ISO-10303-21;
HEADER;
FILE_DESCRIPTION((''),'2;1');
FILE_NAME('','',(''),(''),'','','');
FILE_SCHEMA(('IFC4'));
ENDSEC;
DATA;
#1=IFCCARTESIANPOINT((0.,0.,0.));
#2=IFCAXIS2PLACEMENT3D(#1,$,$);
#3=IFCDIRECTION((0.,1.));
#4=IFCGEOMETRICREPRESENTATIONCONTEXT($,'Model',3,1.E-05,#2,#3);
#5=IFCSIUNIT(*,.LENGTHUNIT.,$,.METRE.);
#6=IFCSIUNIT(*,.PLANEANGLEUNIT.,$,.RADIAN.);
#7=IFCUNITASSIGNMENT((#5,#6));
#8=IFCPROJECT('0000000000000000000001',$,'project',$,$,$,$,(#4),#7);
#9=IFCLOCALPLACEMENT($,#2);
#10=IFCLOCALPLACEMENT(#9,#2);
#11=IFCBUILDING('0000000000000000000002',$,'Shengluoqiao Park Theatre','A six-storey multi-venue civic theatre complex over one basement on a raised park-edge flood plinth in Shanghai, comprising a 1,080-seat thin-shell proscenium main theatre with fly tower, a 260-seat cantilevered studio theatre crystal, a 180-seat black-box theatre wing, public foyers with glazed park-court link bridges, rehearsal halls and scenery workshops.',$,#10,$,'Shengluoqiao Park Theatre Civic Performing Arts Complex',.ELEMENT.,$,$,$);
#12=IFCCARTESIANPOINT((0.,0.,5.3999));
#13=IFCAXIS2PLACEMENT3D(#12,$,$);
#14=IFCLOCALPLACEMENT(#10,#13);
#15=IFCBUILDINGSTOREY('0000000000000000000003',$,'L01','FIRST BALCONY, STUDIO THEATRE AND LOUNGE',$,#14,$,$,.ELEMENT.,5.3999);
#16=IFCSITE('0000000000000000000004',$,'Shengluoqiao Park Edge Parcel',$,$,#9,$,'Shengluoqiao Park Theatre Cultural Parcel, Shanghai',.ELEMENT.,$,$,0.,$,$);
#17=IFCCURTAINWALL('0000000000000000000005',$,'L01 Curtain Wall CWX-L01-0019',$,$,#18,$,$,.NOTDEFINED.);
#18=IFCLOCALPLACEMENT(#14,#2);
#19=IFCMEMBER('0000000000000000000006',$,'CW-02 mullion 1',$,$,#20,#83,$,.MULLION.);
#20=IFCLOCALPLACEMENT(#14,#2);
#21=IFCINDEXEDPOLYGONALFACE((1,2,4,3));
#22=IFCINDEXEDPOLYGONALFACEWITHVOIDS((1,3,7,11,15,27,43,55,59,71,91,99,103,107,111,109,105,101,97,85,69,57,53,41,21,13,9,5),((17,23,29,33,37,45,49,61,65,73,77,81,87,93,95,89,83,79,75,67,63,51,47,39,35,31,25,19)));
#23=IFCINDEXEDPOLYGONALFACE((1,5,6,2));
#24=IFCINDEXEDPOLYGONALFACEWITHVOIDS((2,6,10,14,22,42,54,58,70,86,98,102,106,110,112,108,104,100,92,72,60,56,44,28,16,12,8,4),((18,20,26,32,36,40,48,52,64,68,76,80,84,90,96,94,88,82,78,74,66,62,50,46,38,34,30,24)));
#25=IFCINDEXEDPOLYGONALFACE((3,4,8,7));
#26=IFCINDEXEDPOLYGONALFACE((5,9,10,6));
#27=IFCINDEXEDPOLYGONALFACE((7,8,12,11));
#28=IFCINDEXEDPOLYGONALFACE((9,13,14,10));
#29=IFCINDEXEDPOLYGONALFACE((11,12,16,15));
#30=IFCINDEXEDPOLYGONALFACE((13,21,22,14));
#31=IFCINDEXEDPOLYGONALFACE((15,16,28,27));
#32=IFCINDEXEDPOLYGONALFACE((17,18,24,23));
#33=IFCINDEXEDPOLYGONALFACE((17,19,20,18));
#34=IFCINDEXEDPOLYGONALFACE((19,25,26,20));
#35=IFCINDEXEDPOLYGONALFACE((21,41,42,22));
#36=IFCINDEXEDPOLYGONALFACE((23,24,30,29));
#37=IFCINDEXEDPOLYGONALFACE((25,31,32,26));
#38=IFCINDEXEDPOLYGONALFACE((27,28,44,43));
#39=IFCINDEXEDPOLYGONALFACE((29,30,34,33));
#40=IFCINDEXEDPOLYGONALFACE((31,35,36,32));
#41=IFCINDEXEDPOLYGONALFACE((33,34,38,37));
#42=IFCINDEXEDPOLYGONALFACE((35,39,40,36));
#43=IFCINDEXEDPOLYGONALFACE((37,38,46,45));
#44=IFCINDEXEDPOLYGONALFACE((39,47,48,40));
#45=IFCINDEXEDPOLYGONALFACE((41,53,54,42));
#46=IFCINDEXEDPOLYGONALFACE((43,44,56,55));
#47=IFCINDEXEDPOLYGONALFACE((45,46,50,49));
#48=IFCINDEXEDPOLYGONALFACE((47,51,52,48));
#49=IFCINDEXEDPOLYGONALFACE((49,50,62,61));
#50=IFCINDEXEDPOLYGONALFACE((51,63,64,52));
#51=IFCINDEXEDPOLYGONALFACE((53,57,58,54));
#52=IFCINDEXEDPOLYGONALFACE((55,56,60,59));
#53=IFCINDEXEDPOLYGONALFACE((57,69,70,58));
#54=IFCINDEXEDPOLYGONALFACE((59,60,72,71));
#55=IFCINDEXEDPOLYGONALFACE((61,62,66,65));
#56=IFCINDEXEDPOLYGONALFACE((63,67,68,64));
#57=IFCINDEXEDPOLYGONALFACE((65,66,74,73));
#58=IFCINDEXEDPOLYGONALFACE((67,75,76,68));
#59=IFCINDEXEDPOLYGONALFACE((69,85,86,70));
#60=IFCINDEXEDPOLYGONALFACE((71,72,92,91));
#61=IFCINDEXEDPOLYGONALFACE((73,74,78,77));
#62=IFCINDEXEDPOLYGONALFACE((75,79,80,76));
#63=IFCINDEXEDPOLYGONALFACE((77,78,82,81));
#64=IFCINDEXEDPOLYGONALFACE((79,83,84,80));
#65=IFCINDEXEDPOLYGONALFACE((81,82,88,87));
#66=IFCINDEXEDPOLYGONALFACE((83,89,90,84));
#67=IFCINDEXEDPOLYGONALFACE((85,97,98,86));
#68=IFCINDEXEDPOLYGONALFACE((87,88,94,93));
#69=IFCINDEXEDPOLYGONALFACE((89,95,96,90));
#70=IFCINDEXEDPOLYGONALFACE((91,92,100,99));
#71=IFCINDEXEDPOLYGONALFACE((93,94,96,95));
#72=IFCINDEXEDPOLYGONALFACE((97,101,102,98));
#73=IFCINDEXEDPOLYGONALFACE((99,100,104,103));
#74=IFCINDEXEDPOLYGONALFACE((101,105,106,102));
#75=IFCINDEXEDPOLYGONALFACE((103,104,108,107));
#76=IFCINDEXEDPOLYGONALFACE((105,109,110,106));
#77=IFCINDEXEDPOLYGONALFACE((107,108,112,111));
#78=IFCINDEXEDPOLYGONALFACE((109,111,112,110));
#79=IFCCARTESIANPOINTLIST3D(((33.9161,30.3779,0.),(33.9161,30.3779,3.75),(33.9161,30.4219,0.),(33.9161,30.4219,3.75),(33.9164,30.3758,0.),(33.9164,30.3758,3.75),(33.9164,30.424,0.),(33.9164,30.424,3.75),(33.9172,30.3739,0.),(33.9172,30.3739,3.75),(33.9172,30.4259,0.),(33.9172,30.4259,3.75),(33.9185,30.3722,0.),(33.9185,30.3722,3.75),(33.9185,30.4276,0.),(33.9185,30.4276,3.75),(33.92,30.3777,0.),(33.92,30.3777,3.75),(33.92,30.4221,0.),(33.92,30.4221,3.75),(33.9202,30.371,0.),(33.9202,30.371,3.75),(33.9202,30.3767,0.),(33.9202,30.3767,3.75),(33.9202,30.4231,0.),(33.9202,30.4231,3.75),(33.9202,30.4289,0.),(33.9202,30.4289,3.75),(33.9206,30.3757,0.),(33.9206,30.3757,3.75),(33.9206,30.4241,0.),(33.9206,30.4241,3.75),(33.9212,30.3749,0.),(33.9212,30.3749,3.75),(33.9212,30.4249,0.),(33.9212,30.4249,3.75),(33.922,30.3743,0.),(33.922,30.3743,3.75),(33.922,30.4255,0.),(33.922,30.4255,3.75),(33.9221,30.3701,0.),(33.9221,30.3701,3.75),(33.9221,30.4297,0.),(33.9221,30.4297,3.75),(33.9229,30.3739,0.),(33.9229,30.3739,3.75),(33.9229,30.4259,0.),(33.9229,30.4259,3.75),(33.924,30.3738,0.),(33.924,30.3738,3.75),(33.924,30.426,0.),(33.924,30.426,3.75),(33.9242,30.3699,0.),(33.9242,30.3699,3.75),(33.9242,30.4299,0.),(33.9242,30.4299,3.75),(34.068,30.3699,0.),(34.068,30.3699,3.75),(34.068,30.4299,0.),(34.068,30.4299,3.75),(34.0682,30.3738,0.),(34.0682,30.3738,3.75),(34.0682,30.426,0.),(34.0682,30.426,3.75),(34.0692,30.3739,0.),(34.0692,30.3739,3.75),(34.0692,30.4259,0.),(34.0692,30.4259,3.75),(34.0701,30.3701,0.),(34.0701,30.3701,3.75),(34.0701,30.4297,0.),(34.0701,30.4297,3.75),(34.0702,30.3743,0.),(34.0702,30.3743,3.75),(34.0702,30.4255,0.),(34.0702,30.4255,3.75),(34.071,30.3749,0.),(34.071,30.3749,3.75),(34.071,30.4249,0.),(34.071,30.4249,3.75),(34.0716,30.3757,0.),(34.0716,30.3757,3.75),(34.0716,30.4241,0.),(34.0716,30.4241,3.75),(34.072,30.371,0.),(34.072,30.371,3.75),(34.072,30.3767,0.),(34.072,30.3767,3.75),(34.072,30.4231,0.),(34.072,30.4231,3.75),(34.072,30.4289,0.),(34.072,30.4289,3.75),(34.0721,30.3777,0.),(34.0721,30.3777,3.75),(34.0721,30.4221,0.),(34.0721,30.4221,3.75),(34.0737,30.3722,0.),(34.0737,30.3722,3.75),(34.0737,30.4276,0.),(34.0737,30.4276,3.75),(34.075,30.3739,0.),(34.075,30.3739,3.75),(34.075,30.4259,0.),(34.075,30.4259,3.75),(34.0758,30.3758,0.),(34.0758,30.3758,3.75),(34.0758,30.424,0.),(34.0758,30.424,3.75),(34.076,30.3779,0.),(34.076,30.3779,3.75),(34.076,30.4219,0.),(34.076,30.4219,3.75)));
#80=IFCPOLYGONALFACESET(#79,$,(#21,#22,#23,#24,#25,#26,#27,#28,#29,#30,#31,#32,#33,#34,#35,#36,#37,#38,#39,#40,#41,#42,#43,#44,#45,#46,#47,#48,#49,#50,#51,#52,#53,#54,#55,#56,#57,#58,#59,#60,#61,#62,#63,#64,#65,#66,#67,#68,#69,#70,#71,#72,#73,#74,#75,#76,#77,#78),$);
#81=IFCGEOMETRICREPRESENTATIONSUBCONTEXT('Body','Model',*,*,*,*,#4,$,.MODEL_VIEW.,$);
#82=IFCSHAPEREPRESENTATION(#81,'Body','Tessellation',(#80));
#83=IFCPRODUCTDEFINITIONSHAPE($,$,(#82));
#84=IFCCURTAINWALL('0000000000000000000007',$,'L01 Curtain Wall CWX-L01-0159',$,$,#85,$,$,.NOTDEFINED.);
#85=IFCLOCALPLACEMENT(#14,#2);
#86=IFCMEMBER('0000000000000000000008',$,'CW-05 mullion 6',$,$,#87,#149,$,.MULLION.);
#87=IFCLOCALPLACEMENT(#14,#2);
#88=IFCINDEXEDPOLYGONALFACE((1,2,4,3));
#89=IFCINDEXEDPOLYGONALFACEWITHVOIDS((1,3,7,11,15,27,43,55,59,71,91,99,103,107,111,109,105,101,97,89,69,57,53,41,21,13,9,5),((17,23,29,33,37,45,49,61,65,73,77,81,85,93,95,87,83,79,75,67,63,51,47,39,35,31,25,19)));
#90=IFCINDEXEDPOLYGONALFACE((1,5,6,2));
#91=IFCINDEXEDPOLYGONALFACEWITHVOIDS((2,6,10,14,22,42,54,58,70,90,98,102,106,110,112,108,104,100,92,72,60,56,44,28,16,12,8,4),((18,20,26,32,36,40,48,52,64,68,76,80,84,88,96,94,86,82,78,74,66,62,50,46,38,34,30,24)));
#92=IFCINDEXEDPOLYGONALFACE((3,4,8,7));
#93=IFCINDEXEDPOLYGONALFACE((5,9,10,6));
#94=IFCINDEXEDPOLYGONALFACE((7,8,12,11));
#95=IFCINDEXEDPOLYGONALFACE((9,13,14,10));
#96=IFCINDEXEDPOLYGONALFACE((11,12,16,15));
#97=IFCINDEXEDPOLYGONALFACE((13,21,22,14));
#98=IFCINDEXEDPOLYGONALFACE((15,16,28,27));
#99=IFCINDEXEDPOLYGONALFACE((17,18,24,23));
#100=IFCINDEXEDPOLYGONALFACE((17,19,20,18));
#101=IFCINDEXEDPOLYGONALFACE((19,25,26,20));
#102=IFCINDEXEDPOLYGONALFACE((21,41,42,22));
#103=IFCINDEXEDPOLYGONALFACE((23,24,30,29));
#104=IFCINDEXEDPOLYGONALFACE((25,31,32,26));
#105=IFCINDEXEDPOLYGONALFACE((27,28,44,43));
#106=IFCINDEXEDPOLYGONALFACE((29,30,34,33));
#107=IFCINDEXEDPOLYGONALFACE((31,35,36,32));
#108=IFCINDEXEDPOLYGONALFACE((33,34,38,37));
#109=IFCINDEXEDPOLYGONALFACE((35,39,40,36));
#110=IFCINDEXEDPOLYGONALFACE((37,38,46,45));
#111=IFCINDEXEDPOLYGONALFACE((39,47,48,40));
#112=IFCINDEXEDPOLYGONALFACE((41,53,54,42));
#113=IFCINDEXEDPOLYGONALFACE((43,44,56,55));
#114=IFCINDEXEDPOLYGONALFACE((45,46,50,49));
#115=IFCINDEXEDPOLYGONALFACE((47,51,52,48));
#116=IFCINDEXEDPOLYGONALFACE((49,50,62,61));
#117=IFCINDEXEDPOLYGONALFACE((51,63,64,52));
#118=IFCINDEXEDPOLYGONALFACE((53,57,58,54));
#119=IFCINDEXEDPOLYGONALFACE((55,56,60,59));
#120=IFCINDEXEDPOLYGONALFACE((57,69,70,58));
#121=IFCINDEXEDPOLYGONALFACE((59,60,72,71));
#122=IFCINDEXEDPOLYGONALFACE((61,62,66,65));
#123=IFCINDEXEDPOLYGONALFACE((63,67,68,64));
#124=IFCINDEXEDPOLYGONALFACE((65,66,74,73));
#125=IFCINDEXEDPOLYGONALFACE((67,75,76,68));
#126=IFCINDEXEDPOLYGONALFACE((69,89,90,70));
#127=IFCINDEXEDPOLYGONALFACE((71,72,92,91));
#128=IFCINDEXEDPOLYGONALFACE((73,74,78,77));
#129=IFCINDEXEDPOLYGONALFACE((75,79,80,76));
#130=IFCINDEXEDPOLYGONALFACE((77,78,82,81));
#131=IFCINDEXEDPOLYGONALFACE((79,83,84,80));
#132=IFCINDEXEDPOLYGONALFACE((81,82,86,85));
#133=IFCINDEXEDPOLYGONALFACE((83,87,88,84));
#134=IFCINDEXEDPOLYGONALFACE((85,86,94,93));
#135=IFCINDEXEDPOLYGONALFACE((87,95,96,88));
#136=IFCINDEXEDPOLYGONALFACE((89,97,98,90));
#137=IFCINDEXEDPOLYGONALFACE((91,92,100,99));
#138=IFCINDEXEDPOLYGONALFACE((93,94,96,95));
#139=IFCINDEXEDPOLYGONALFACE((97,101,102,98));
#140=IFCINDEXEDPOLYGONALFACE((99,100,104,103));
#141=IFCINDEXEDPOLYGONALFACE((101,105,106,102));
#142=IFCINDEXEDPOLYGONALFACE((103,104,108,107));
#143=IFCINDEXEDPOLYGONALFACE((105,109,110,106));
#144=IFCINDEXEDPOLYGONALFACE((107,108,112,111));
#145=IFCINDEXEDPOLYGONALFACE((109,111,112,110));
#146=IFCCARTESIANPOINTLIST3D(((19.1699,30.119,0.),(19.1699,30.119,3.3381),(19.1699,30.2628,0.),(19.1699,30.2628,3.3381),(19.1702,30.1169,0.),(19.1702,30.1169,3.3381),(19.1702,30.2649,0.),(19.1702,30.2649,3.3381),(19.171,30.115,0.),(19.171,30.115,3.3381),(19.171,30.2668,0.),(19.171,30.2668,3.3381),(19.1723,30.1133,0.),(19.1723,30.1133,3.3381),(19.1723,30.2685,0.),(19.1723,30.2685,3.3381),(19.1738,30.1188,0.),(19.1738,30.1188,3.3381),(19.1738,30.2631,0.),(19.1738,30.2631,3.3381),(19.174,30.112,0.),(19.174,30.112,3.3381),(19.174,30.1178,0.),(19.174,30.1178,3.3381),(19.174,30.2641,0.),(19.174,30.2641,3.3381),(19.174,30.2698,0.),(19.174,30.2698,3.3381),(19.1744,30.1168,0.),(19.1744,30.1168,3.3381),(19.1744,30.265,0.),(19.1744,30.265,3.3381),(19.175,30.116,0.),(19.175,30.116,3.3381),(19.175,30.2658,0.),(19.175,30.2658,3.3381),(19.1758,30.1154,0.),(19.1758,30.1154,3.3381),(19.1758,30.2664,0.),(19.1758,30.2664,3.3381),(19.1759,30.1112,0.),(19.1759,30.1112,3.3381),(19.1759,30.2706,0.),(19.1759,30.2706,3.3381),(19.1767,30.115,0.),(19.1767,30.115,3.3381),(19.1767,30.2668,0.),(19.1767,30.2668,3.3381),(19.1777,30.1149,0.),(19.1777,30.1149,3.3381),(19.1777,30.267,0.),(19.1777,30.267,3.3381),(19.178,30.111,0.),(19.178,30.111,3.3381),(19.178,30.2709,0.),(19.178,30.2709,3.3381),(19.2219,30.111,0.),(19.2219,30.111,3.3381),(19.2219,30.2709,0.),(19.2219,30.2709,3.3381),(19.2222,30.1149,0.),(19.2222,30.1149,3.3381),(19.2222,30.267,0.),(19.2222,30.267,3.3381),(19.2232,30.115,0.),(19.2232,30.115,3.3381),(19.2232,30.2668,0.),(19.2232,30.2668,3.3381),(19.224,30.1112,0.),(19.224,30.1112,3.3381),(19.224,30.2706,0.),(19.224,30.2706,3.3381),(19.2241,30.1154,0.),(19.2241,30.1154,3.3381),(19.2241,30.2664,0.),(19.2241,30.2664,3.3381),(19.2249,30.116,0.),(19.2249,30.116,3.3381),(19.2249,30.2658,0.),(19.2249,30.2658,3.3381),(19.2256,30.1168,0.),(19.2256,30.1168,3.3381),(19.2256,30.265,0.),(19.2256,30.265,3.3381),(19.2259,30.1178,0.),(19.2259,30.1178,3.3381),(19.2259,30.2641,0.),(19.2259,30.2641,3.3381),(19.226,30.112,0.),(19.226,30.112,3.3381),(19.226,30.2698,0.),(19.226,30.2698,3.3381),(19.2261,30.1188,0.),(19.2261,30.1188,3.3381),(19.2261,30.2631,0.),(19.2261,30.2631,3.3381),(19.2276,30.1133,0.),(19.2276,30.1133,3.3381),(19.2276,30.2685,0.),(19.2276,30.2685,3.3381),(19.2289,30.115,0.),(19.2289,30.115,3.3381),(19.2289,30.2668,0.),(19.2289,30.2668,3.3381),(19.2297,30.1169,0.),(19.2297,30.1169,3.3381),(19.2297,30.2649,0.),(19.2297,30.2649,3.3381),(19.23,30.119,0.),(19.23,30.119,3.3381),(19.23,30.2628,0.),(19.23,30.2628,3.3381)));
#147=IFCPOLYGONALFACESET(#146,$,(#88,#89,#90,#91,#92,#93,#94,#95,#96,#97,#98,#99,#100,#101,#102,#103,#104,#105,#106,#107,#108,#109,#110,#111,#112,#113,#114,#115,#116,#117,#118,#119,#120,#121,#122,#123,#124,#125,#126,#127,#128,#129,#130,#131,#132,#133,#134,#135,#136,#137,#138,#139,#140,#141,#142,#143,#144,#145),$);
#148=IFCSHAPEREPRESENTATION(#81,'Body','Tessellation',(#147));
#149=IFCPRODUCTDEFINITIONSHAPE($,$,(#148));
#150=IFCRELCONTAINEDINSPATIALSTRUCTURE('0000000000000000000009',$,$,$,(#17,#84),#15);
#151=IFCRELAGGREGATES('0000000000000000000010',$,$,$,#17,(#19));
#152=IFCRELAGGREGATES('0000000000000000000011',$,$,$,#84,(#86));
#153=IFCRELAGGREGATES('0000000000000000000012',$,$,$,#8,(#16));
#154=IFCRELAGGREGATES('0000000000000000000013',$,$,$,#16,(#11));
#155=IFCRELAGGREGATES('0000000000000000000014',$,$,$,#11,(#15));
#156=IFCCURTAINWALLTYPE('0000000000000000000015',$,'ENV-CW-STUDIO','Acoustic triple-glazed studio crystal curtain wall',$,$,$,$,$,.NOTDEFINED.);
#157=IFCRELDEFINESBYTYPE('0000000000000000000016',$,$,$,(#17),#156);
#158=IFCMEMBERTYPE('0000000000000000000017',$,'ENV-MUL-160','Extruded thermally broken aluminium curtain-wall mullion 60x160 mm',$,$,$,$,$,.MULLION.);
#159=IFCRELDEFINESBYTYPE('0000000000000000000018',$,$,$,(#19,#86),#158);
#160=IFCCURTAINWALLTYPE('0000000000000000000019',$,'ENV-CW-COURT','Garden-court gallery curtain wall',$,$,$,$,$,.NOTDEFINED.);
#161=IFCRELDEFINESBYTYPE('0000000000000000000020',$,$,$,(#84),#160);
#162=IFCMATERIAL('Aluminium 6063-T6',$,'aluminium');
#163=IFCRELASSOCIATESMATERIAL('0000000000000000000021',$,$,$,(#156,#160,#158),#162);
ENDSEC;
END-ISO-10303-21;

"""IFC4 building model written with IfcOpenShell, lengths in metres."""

from ifc_helpers import new_model, si_unit, direction, frame, origin, origin_2d, place, context, subcontext, project, spatial, hollow_rectangle, extrude, material, material_profile, profile_set, type_object, element, aggregate, save


model = new_model("IFC4")

# Units and contexts
model_context = context("Model", 3, precision=1e-05, world=origin(), true_north=direction((0.0, 1.0)))
body_context = subcontext(model_context, "Body", "Model", "MODEL_VIEW")
ifc_project = project(units=[si_unit("LENGTHUNIT", "METRE"), si_unit("PLANEANGLEUNIT", "RADIAN")], contexts=[model_context])

# Site, building, storey
site_placement = place(None, origin())
site = spatial("IfcSite", under=ifc_project, at=site_placement, Name="Shengluoqiao Park Edge Parcel", LongName="Shengluoqiao Park Theatre Cultural Parcel, Shanghai", CompositionType="ELEMENT", RefElevation=0.0)
building_placement = place(site_placement, origin())
building = spatial("IfcBuilding", under=site, at=building_placement, Name="Shengluoqiao Park Theatre", Description="A six-storey multi-venue civic theatre complex over one basement on a raised park-edge flood plinth in Shanghai, comprising a 1,080-seat thin-shell proscenium main theatre with fly tower, a 260-seat cantilevered studio theatre crystal, a 180-seat black-box theatre wing, public foyers with glazed park-court link bridges, rehearsal halls and scenery workshops.", LongName="Shengluoqiao Park Theatre Civic Performing Arts Complex", CompositionType="ELEMENT")
storey_placement = place(building_placement, frame((0.0, 0.0, 5.3999)))
storey = spatial("IfcBuildingStorey", under=building, at=storey_placement, Name="L01", Description="FIRST BALCONY, STUDIO THEATRE AND LOUNGE", CompositionType="ELEMENT", Elevation=5.3999)

# Shared definitions
ifc_material_1 = material(Name="Aluminium 6063-T6", Category="aluminium")
curtain_wall_type_1 = type_object("IfcCurtainWallType", Name="ENV-CW-STUDIO", Description="Acoustic triple-glazed studio crystal curtain wall", PredefinedType="NOTDEFINED", material=ifc_material_1)
ifc_material_profile_1 = material_profile(ifc_material_1, hollow_rectangle(XDim=0.0601, YDim=0.1599, WallThickness=0.0039, InnerFilletRadius=0.0039, OuterFilletRadius=0.0081, at=origin_2d()), Name="ALU MULLION 160x60x4")
ifc_profile_set_1 = profile_set([ifc_material_profile_1], Name="Aluminium 6063-T6")
member_type_1 = type_object("IfcMemberType", Name="ENV-MUL-160", Description="Extruded thermally broken aluminium curtain-wall mullion 60x160 mm", PredefinedType="MULLION", material=ifc_profile_set_1)

# Curtain walls, members
curtain_wall_1_placement = place(storey_placement, origin())
curtain_wall_1 = element("IfcCurtainWall", 1, at=curtain_wall_1_placement, inside=storey, type_object=curtain_wall_type_1, Name="L01 Curtain Wall CWX-L01-0019", PredefinedType="NOTDEFINED")
member_1_placement = place(storey_placement, frame((33.9961, 30.3999, 0.0), z_axis=(0.0, 0.0, 1.0), x_axis=(0.0, 1.0, 0.0)))
member_1 = element("IfcMember", 2, at=member_1_placement, type_object=member_type_1, Name="CW-02 mullion 1", PredefinedType="MULLION", context=body_context, shape_type="SweptSolid", body=[
    extrude(hollow_rectangle(XDim=0.0601, YDim=0.1599, WallThickness=0.0039, InnerFilletRadius=0.0039, OuterFilletRadius=0.0081, at=origin_2d()), origin(), (0.0, 0.0, 1.0), 3.75),
])
curtain_wall_type_2 = type_object("IfcCurtainWallType", Name="ENV-CW-COURT", Description="Garden-court gallery curtain wall", PredefinedType="NOTDEFINED", material=ifc_material_1)
curtain_wall_2_placement = place(storey_placement, origin())
curtain_wall_2 = element("IfcCurtainWall", 3, at=curtain_wall_2_placement, inside=storey, type_object=curtain_wall_type_2, Name="L01 Curtain Wall CWX-L01-0159", PredefinedType="NOTDEFINED")
member_2_placement = place(storey_placement, frame((19.2, 30.1909, 0.0), z_axis=(0.0, 0.0, 1.0), x_axis=(-1.0, 0.0, 0.0)))
member_2 = element("IfcMember", 4, at=member_2_placement, type_object=member_type_1, Name="CW-05 mullion 6", PredefinedType="MULLION", context=body_context, shape_type="SweptSolid", body=[
    extrude(hollow_rectangle(XDim=0.0601, YDim=0.1599, WallThickness=0.0039, InnerFilletRadius=0.0039, OuterFilletRadius=0.0081, at=origin_2d()), origin(), (0.0, 0.0, 1.0), 3.3381),
])

aggregate(curtain_wall_1, [member_1])

aggregate(curtain_wall_2, [member_2])

save(model, "model.ifc")
